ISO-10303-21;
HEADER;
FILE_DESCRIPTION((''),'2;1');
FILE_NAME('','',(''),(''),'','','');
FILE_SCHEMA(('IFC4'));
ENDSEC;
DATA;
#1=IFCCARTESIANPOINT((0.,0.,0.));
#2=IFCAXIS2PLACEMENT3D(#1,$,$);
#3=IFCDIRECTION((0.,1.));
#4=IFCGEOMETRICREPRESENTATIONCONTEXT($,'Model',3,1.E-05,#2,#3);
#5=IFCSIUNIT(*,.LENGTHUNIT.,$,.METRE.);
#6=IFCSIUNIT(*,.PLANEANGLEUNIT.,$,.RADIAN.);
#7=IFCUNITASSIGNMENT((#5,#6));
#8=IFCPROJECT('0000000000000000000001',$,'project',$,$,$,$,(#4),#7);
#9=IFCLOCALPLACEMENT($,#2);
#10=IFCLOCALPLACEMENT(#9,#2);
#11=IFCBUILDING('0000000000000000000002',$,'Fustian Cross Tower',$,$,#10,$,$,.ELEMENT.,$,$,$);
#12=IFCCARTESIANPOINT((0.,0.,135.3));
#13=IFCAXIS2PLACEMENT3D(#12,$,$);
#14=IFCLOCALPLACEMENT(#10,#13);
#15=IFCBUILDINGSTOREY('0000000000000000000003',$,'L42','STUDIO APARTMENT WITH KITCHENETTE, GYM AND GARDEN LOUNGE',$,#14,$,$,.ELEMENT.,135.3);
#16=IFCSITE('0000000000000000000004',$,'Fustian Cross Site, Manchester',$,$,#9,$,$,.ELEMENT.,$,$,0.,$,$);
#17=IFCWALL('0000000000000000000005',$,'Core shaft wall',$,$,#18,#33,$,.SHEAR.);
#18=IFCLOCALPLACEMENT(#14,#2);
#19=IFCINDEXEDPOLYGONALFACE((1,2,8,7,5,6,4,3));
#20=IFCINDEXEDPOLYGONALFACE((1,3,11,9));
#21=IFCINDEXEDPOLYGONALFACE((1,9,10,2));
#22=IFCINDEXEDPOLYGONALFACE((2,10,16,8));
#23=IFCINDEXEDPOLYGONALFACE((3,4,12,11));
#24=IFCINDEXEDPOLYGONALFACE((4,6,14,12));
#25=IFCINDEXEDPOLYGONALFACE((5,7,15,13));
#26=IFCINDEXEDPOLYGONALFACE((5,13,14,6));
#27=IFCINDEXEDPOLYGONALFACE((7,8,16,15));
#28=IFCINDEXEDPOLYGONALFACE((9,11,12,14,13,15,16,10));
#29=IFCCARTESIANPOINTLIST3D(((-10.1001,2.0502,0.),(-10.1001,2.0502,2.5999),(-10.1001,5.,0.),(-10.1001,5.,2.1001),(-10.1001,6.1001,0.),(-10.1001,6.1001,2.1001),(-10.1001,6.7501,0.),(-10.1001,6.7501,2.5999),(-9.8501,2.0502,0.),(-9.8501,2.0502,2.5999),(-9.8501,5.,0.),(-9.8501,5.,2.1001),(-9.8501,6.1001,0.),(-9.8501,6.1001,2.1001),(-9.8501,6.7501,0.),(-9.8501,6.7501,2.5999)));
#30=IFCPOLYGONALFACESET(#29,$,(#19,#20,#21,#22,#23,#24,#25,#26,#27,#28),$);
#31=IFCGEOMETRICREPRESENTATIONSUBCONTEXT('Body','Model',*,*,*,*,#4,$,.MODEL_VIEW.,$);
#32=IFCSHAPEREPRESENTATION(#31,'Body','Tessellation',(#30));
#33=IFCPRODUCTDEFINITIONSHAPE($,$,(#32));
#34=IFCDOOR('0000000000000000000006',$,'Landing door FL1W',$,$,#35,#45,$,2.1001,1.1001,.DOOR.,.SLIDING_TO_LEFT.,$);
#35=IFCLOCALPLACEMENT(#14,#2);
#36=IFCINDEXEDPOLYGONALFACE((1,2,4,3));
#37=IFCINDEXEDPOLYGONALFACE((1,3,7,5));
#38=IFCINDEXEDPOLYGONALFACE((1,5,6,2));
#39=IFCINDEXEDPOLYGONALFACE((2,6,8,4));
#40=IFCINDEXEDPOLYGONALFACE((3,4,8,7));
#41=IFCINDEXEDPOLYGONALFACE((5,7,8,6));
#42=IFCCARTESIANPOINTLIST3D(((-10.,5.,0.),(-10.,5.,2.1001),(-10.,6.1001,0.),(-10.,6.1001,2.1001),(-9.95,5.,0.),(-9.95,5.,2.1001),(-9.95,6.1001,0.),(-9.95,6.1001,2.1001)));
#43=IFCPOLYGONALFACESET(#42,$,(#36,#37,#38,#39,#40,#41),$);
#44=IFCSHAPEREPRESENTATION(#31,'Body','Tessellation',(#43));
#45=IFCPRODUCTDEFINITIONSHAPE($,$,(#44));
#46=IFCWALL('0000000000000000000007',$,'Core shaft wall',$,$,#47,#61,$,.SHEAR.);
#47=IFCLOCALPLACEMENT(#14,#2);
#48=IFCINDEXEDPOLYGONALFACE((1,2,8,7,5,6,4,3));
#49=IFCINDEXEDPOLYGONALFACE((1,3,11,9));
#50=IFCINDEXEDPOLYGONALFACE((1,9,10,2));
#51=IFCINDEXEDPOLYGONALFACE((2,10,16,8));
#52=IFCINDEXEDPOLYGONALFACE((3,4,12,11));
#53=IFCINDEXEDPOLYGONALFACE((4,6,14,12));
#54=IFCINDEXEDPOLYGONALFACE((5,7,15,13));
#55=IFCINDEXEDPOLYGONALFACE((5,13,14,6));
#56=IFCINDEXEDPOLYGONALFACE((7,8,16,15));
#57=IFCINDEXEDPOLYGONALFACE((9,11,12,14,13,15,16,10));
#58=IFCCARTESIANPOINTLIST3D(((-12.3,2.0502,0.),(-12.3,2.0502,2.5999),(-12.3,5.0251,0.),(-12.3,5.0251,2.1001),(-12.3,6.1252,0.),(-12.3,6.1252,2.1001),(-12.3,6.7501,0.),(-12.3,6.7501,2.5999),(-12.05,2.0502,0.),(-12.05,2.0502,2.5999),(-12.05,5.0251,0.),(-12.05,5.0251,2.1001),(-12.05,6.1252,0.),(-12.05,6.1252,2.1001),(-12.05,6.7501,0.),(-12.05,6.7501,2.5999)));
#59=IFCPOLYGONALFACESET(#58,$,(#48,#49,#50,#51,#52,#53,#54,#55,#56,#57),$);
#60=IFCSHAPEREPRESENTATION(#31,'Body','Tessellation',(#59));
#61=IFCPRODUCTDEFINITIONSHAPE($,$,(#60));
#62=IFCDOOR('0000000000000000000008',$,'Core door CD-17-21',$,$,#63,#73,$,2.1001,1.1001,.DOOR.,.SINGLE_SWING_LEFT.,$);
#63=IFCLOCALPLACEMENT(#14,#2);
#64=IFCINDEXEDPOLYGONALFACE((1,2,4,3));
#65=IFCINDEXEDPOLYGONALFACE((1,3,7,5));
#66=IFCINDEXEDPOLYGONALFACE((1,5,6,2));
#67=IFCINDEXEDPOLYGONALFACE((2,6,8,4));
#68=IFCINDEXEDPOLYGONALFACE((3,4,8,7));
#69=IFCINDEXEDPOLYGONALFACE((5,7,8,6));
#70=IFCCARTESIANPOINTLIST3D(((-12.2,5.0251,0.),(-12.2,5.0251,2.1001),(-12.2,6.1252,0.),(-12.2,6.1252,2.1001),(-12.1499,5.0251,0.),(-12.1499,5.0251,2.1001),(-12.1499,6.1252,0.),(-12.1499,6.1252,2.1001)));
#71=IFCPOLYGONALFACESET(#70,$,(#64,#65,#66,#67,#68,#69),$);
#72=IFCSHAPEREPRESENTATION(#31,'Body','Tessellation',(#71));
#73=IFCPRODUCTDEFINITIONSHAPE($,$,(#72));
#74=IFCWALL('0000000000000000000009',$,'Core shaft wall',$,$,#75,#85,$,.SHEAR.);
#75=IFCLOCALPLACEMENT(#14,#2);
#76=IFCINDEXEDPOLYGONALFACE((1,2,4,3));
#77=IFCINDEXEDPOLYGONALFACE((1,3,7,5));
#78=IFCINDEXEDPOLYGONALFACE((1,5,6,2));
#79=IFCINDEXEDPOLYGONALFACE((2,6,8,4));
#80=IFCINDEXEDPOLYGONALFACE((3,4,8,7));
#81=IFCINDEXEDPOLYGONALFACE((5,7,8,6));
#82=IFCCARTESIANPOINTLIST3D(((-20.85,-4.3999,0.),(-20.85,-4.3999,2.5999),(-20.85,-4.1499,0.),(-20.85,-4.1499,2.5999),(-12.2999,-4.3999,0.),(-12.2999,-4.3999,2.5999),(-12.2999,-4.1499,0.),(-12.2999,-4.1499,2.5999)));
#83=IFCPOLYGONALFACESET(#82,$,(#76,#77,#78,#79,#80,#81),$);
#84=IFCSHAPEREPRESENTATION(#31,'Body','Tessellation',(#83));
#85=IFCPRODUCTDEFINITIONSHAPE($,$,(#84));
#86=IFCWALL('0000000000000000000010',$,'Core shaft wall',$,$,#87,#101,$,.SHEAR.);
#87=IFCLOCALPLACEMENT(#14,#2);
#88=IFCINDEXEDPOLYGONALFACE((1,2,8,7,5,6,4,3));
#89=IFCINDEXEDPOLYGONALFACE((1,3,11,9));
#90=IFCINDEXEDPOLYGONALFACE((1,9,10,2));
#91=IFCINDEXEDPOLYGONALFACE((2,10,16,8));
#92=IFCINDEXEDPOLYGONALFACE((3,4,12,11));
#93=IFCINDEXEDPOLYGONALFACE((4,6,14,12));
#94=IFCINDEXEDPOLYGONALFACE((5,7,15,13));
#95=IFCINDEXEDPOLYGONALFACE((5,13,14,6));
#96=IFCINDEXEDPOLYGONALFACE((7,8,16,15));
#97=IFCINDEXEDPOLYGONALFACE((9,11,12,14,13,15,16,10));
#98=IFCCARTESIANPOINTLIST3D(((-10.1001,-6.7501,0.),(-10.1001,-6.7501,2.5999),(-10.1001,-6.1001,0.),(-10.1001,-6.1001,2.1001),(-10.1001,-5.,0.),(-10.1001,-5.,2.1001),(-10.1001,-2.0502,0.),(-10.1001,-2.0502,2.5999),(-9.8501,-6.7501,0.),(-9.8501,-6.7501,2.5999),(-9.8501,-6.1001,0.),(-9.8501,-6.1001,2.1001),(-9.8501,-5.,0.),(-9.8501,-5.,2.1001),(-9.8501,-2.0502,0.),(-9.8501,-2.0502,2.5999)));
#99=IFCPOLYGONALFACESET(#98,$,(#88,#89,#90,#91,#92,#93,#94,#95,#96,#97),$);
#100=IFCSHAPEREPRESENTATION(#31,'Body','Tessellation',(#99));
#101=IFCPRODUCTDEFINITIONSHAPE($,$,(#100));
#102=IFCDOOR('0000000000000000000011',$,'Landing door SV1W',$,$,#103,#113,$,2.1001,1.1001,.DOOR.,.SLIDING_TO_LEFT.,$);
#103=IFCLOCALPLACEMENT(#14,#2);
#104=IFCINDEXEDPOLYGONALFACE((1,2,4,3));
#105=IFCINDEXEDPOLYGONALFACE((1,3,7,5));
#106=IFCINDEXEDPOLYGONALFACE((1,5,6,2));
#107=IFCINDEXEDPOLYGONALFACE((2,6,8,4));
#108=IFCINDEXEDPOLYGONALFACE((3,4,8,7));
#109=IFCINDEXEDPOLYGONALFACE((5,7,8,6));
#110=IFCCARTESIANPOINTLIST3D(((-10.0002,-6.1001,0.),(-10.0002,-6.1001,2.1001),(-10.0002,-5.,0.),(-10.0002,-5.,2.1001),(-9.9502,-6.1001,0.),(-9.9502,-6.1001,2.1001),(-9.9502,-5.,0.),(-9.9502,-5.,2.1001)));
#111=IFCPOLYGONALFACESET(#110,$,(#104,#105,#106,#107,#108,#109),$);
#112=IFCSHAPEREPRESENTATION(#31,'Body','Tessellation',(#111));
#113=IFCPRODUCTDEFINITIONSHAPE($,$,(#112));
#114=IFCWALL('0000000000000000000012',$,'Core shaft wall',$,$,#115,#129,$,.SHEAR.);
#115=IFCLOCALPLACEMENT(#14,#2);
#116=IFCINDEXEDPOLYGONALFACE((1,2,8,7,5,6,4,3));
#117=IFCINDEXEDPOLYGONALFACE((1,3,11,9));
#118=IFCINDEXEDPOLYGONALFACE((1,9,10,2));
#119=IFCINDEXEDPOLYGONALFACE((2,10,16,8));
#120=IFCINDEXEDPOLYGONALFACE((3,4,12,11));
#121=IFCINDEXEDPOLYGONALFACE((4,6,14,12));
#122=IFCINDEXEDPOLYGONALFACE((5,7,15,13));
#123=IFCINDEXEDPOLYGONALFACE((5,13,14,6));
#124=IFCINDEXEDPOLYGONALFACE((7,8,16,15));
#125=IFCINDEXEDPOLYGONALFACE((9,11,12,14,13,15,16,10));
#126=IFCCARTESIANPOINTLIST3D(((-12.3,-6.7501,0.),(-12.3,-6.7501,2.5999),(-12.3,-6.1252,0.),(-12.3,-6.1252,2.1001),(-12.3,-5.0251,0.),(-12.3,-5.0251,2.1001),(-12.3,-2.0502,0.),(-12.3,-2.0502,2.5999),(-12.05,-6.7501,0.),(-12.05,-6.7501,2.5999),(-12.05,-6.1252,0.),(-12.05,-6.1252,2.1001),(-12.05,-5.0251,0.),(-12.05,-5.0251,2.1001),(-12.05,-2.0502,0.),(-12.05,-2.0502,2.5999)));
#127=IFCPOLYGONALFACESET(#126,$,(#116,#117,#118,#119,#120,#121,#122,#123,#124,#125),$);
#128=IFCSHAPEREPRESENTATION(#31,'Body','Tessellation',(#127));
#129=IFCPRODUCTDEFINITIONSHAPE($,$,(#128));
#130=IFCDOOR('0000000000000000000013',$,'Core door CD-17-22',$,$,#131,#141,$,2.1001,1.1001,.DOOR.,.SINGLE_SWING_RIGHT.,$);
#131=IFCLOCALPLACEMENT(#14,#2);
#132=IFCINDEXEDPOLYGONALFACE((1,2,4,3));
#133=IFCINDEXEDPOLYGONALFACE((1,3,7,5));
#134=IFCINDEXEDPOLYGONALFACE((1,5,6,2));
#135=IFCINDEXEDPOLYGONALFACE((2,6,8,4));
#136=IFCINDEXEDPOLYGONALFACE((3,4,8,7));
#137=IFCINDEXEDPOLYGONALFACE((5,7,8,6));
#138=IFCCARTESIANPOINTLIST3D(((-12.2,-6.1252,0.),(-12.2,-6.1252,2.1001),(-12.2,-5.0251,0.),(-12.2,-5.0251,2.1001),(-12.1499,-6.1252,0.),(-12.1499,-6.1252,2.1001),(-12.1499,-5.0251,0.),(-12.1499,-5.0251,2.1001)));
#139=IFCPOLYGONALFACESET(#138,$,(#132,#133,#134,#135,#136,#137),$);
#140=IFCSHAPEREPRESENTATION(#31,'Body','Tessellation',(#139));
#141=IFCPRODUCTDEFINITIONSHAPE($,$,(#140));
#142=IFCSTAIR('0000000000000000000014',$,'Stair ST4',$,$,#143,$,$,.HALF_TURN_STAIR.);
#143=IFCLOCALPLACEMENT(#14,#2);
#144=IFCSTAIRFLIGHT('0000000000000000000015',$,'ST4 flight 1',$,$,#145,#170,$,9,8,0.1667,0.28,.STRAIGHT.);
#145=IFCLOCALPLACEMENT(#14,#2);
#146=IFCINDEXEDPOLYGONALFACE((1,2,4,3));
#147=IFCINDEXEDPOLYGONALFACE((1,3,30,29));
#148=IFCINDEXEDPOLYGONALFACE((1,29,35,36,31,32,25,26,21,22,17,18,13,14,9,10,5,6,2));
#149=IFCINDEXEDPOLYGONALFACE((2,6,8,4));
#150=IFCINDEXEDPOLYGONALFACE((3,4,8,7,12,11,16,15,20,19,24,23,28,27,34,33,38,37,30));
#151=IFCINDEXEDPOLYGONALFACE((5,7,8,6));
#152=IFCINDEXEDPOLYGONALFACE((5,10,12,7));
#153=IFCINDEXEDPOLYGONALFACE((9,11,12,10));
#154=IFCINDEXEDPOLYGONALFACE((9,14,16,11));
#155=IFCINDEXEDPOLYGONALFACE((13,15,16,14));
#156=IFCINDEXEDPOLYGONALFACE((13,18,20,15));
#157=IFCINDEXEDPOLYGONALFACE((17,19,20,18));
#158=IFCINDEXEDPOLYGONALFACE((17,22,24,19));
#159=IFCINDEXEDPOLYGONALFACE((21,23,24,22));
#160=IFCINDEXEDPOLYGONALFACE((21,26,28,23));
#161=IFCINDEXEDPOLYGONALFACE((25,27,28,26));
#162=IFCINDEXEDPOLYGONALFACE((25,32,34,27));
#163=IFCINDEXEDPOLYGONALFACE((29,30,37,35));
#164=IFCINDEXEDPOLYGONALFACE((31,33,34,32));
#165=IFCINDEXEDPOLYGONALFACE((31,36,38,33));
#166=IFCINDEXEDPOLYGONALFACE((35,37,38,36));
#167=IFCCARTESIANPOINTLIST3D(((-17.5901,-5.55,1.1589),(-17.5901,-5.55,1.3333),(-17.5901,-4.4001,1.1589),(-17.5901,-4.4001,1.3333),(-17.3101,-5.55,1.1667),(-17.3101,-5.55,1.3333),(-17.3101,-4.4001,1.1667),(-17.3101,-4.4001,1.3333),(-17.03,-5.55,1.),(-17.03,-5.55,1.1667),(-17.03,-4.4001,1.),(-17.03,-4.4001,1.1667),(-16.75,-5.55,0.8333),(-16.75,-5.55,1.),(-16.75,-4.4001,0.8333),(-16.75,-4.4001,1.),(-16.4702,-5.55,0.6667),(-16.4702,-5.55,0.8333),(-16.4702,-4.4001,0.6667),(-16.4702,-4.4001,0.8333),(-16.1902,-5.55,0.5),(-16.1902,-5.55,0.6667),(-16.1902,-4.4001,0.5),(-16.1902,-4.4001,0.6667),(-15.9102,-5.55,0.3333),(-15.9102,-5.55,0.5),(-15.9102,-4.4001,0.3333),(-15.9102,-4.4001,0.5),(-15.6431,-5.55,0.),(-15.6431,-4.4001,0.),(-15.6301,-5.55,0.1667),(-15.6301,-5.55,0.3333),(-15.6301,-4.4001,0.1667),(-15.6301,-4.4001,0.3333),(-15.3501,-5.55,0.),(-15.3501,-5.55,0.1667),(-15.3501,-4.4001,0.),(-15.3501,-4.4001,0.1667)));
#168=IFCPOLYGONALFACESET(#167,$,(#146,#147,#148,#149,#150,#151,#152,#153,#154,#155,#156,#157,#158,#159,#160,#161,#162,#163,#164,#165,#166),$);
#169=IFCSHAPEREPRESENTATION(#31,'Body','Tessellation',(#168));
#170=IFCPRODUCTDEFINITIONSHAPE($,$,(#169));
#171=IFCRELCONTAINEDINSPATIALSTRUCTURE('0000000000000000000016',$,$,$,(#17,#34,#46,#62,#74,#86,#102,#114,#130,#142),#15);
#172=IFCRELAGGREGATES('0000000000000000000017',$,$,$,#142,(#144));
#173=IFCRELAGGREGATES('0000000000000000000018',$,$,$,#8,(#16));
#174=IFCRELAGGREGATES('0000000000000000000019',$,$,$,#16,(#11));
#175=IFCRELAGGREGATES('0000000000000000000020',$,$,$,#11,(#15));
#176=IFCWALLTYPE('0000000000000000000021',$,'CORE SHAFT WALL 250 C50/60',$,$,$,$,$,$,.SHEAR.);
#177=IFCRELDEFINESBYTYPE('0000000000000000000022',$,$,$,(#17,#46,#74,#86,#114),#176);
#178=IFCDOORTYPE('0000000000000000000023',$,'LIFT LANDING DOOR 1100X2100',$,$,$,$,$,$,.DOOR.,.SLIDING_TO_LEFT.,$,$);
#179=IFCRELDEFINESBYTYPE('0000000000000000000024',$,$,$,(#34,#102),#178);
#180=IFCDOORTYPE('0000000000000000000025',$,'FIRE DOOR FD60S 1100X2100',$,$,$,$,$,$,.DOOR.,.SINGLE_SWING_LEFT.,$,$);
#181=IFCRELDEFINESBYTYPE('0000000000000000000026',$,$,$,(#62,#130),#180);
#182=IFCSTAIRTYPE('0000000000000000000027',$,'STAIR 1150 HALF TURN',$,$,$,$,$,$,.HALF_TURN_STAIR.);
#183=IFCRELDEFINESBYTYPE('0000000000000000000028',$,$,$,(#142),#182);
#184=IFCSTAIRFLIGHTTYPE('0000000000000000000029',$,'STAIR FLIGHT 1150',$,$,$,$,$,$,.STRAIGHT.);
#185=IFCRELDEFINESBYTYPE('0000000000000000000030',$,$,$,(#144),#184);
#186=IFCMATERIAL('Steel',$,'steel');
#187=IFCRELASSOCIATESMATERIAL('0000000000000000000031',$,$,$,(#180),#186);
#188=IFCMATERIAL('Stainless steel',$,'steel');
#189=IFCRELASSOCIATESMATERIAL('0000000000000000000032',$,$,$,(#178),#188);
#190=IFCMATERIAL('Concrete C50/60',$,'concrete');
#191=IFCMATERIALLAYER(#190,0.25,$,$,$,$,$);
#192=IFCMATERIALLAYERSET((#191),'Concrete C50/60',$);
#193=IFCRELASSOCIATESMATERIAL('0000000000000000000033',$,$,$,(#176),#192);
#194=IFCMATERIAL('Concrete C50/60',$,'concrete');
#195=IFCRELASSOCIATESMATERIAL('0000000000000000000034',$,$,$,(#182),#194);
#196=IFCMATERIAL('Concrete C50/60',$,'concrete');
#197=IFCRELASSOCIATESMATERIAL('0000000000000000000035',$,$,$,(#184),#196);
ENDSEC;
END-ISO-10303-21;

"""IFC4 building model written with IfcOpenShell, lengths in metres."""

from ifc_helpers import new_model, si_unit, direction, frame, frame_2d, origin, place, context, subcontext, project, spatial, polyline, rectangle, outline, extrude, material, layer, layer_set, type_object, element, fill, aggregate, save


model = new_model("IFC4")

# Units and contexts
model_context = context("Model", 3, precision=1e-05, world=origin(), true_north=direction((0.0, 1.0)))
body_context = subcontext(model_context, "Body", "Model", "MODEL_VIEW")
ifc_project = project(units=[si_unit("LENGTHUNIT", "METRE"), si_unit("PLANEANGLEUNIT", "RADIAN")], contexts=[model_context])

# Site, building, storey
site_placement = place(None, origin())
site = spatial("IfcSite", under=ifc_project, at=site_placement, Name="Fustian Cross Site, Manchester", CompositionType="ELEMENT", RefElevation=0.0)
building_placement = place(site_placement, origin())
building = spatial("IfcBuilding", under=site, at=building_placement, Name="Fustian Cross Tower", CompositionType="ELEMENT")
storey_placement = place(building_placement, frame((0.0, 0.0, 135.3)))
storey = spatial("IfcBuildingStorey", under=building, at=storey_placement, Name="L42", Description="STUDIO APARTMENT WITH KITCHENETTE, GYM AND GARDEN LOUNGE", CompositionType="ELEMENT", Elevation=135.3)

# Shared definitions
ifc_material_1 = material(Name="Steel", Category="steel")
door_type_1 = type_object("IfcDoorType", Name="FIRE DOOR FD60S 1100X2100", OperationType="SINGLE_SWING_LEFT", PredefinedType="DOOR", material=ifc_material_1)
ifc_material_2 = material(Name="Stainless steel", Category="steel")
door_type_2 = type_object("IfcDoorType", Name="LIFT LANDING DOOR 1100X2100", OperationType="SLIDING_TO_LEFT", PredefinedType="DOOR", material=ifc_material_2)

# Shared definitions
ifc_material_3 = material(Name="Concrete C50/60", Category="concrete")
ifc_layer_1 = layer(ifc_material_3, 0.25)
ifc_layer_set_1 = layer_set([ifc_layer_1], Name="Concrete C50/60")
wall_type_1 = type_object("IfcWallType", Name="CORE SHAFT WALL 250 C50/60", PredefinedType="SHEAR", material=ifc_layer_set_1)

# Walls, openings, doors
wall_1_placement = place(storey_placement, frame((-9.9751, 2.05, 0.0), z_axis=(0.0, 0.0, 1.0), x_axis=(0.0, 1.0, 0.0)))
wall_1 = element("IfcWall", 1, at=wall_1_placement, inside=storey, type_object=wall_type_1, Name="Core shaft wall", PredefinedType="SHEAR", context=body_context, shape_type="SweptSolid", body=[
    extrude(rectangle(XDim=4.7, YDim=0.25, at=frame_2d((2.3501, 0.0))), origin(), (0.0, 0.0, 1.0), 2.5999),
])
opening_1_placement = place(wall_1_placement, frame((2.95, 0.0, 0.0)))
opening_1 = element("IfcOpeningElement", 2, at=opening_1_placement, cuts=wall_1, PredefinedType="OPENING", context=body_context, shape_type="SweptSolid", body=[
    extrude(rectangle(XDim=1.1001, YDim=2.1001, at=frame_2d((0.55, 1.05))), frame((0.0, 0.135, 0.0), z_axis=(0.0, -1.0, 0.0), x_axis=(1.0, 0.0, 0.0)), (0.0, 0.0, 1.0), 0.27),
])
door_1_placement = place(opening_1_placement, origin())
door_1 = element("IfcDoor", 3, at=door_1_placement, inside=storey, type_object=door_type_2, Name="Landing door FL1W", OperationType="SLIDING_TO_LEFT", OverallHeight=2.1001, OverallWidth=1.1001, PredefinedType="DOOR", context=body_context, shape_type="SweptSolid", body=[
    extrude(rectangle(XDim=1.1001, YDim=2.1001, at=frame_2d((0.55, 1.05))), frame((0.0, 0.0249, 0.0), z_axis=(0.0, -1.0, 0.0), x_axis=(1.0, 0.0, 0.0)), (0.0, 0.0, 1.0), 0.05),
])
fill(opening_1, door_1)
wall_2_placement = place(storey_placement, frame((-12.175, 2.05, 0.0), z_axis=(0.0, 0.0, 1.0), x_axis=(0.0, 1.0, 0.0)))
wall_2 = element("IfcWall", 4, at=wall_2_placement, inside=storey, type_object=wall_type_1, Name="Core shaft wall", PredefinedType="SHEAR", context=body_context, shape_type="SweptSolid", body=[
    extrude(rectangle(XDim=4.7, YDim=0.25, at=frame_2d((2.3501, 0.0))), origin(), (0.0, 0.0, 1.0), 2.5999),
])
opening_2_placement = place(wall_2_placement, frame((2.9751, 0.0, 0.0)))
opening_2 = element("IfcOpeningElement", 5, at=opening_2_placement, cuts=wall_2, PredefinedType="OPENING", context=body_context, shape_type="SweptSolid", body=[
    extrude(rectangle(XDim=1.1001, YDim=2.1001, at=frame_2d((0.55, 1.05))), frame((0.0, 0.135, 0.0), z_axis=(0.0, -1.0, 0.0), x_axis=(1.0, 0.0, 0.0)), (0.0, 0.0, 1.0), 0.27),
])
door_2_placement = place(opening_2_placement, origin())
door_2 = element("IfcDoor", 6, at=door_2_placement, inside=storey, type_object=door_type_1, Name="Core door CD-17-21", OperationType="SINGLE_SWING_LEFT", OverallHeight=2.1001, OverallWidth=1.1001, PredefinedType="DOOR", context=body_context, shape_type="SweptSolid", body=[
    extrude(rectangle(XDim=1.1001, YDim=2.1001, at=frame_2d((0.55, 1.05))), frame((0.0, 0.0249, 0.0), z_axis=(0.0, -1.0, 0.0), x_axis=(1.0, 0.0, 0.0)), (0.0, 0.0, 1.0), 0.05),
])
fill(opening_2, door_2)

# Wall
wall_3_placement = place(storey_placement, frame((-12.3, -4.2749, 0.0), z_axis=(0.0, 0.0, 1.0), x_axis=(-1.0, 0.0, 0.0)))
element("IfcWall", 7, at=wall_3_placement, inside=storey, type_object=wall_type_1, Name="Core shaft wall", PredefinedType="SHEAR", context=body_context, shape_type="SweptSolid", body=[
    extrude(rectangle(XDim=8.55, YDim=0.25, at=frame_2d((4.2749, 0.0))), origin(), (0.0, 0.0, 1.0), 2.5999),
])

# Walls, openings, doors
wall_4_placement = place(storey_placement, frame((-9.9751, -2.05, 0.0), z_axis=(0.0, 0.0, 1.0), x_axis=(0.0, -1.0, 0.0)))
wall_4 = element("IfcWall", 8, at=wall_4_placement, inside=storey, type_object=wall_type_1, Name="Core shaft wall", PredefinedType="SHEAR", context=body_context, shape_type="SweptSolid", body=[
    extrude(rectangle(XDim=4.7, YDim=0.25, at=frame_2d((2.3501, 0.0))), origin(), (0.0, 0.0, 1.0), 2.5999),
])
opening_3_placement = place(wall_4_placement, frame((2.95, 0.0, 0.0)))
opening_3 = element("IfcOpeningElement", 9, at=opening_3_placement, cuts=wall_4, PredefinedType="OPENING", context=body_context, shape_type="SweptSolid", body=[
    extrude(rectangle(XDim=1.1001, YDim=2.1001, at=frame_2d((0.55, 1.05))), frame((0.0, 0.135, 0.0), z_axis=(0.0, -1.0, 0.0), x_axis=(1.0, 0.0, 0.0)), (0.0, 0.0, 1.0), 0.27),
])
door_3_placement = place(opening_3_placement, origin())
door_3 = element("IfcDoor", 10, at=door_3_placement, inside=storey, type_object=door_type_2, Name="Landing door SV1W", OperationType="SLIDING_TO_LEFT", OverallHeight=2.1001, OverallWidth=1.1001, PredefinedType="DOOR", context=body_context, shape_type="SweptSolid", body=[
    extrude(rectangle(XDim=1.1001, YDim=2.1001, at=frame_2d((0.55, 1.05))), frame((0.0, 0.0249, 0.0), z_axis=(0.0, -1.0, 0.0), x_axis=(1.0, 0.0, 0.0)), (0.0, 0.0, 1.0), 0.05),
])
fill(opening_3, door_3)
wall_5_placement = place(storey_placement, frame((-12.175, -2.05, 0.0), z_axis=(0.0, 0.0, 1.0), x_axis=(0.0, -1.0, 0.0)))
wall_5 = element("IfcWall", 11, at=wall_5_placement, inside=storey, type_object=wall_type_1, Name="Core shaft wall", PredefinedType="SHEAR", context=body_context, shape_type="SweptSolid", body=[
    extrude(rectangle(XDim=4.7, YDim=0.25, at=frame_2d((2.3501, 0.0))), origin(), (0.0, 0.0, 1.0), 2.5999),
])
opening_4_placement = place(wall_5_placement, frame((2.9751, 0.0, 0.0)))
opening_4 = element("IfcOpeningElement", 12, at=opening_4_placement, cuts=wall_5, PredefinedType="OPENING", context=body_context, shape_type="SweptSolid", body=[
    extrude(rectangle(XDim=1.1001, YDim=2.1001, at=frame_2d((0.55, 1.05))), frame((0.0, 0.135, 0.0), z_axis=(0.0, -1.0, 0.0), x_axis=(1.0, 0.0, 0.0)), (0.0, 0.0, 1.0), 0.27),
])
door_4_placement = place(opening_4_placement, frame((1.1001, 0.0, 0.0), z_axis=(0.0, 0.0, 1.0), x_axis=(-1.0, 0.0, 0.0)))
door_4 = element("IfcDoor", 13, at=door_4_placement, inside=storey, type_object=door_type_1, Name="Core door CD-17-22", OperationType="SINGLE_SWING_RIGHT", OverallHeight=2.1001, OverallWidth=1.1001, PredefinedType="DOOR", context=body_context, shape_type="SweptSolid", body=[
    extrude(rectangle(XDim=1.1001, YDim=2.1001, at=frame_2d((0.55, 1.05))), frame((0.0, 0.0249, 0.0), z_axis=(0.0, -1.0, 0.0), x_axis=(1.0, 0.0, 0.0)), (0.0, 0.0, 1.0), 0.05),
])
fill(opening_4, door_4)

# Stair, stair flight
ifc_material_4 = material(Name="Concrete C50/60", Category="concrete")
stair_type = type_object("IfcStairType", Name="STAIR 1150 HALF TURN", PredefinedType="HALF_TURN_STAIR", material=ifc_material_4)
stair_placement = place(storey_placement, origin())
stair = element("IfcStair", 14, at=stair_placement, inside=storey, type_object=stair_type, Name="Stair ST4", PredefinedType="HALF_TURN_STAIR")
ifc_material_5 = material(Name="Concrete C50/60", Category="concrete")
stair_flight_type = type_object("IfcStairFlightType", Name="STAIR FLIGHT 1150", PredefinedType="STRAIGHT", material=ifc_material_5)
stair_flight_placement = place(storey_placement, frame((-15.3501, -4.9751, 0.0), z_axis=(0.0, 0.0, 1.0), x_axis=(-1.0, 0.0, 0.0)))
stair_flight = element("IfcStairFlight", 15, at=stair_flight_placement, type_object=stair_flight_type, Name="ST4 flight 1", NumberOfRisers=9, NumberOfTreads=8, PredefinedType="STRAIGHT", RiserHeight=0.1667, TreadLength=0.28, context=body_context, shape_type="SweptSolid", body=[
    extrude(outline(polyline([(0.0, 0.0), (0.0, 0.1667), (0.28, 0.1667), (0.28, 0.3333), (0.5601, 0.3333), (0.5601, 0.5), (0.8401, 0.5), (0.8401, 0.6667), (1.1201, 0.6667), (1.1201, 0.8333), (1.3999, 0.8333), (1.3999, 1.0), (1.6799, 1.0), (1.6799, 1.1667), (1.96, 1.1667), (1.96, 1.3333), (2.24, 1.3333), (2.24, 1.5), (2.24, 1.1589), (0.293, 0.0), (0.0, 0.0)])), frame((0.0, 0.575, 0.0), z_axis=(0.0, -1.0, 0.0), x_axis=(1.0, 0.0, 0.0)), (0.0, 0.0, 1.0), 1.1499),
])
aggregate(stair, [stair_flight])

save(model, "model.ifc")
